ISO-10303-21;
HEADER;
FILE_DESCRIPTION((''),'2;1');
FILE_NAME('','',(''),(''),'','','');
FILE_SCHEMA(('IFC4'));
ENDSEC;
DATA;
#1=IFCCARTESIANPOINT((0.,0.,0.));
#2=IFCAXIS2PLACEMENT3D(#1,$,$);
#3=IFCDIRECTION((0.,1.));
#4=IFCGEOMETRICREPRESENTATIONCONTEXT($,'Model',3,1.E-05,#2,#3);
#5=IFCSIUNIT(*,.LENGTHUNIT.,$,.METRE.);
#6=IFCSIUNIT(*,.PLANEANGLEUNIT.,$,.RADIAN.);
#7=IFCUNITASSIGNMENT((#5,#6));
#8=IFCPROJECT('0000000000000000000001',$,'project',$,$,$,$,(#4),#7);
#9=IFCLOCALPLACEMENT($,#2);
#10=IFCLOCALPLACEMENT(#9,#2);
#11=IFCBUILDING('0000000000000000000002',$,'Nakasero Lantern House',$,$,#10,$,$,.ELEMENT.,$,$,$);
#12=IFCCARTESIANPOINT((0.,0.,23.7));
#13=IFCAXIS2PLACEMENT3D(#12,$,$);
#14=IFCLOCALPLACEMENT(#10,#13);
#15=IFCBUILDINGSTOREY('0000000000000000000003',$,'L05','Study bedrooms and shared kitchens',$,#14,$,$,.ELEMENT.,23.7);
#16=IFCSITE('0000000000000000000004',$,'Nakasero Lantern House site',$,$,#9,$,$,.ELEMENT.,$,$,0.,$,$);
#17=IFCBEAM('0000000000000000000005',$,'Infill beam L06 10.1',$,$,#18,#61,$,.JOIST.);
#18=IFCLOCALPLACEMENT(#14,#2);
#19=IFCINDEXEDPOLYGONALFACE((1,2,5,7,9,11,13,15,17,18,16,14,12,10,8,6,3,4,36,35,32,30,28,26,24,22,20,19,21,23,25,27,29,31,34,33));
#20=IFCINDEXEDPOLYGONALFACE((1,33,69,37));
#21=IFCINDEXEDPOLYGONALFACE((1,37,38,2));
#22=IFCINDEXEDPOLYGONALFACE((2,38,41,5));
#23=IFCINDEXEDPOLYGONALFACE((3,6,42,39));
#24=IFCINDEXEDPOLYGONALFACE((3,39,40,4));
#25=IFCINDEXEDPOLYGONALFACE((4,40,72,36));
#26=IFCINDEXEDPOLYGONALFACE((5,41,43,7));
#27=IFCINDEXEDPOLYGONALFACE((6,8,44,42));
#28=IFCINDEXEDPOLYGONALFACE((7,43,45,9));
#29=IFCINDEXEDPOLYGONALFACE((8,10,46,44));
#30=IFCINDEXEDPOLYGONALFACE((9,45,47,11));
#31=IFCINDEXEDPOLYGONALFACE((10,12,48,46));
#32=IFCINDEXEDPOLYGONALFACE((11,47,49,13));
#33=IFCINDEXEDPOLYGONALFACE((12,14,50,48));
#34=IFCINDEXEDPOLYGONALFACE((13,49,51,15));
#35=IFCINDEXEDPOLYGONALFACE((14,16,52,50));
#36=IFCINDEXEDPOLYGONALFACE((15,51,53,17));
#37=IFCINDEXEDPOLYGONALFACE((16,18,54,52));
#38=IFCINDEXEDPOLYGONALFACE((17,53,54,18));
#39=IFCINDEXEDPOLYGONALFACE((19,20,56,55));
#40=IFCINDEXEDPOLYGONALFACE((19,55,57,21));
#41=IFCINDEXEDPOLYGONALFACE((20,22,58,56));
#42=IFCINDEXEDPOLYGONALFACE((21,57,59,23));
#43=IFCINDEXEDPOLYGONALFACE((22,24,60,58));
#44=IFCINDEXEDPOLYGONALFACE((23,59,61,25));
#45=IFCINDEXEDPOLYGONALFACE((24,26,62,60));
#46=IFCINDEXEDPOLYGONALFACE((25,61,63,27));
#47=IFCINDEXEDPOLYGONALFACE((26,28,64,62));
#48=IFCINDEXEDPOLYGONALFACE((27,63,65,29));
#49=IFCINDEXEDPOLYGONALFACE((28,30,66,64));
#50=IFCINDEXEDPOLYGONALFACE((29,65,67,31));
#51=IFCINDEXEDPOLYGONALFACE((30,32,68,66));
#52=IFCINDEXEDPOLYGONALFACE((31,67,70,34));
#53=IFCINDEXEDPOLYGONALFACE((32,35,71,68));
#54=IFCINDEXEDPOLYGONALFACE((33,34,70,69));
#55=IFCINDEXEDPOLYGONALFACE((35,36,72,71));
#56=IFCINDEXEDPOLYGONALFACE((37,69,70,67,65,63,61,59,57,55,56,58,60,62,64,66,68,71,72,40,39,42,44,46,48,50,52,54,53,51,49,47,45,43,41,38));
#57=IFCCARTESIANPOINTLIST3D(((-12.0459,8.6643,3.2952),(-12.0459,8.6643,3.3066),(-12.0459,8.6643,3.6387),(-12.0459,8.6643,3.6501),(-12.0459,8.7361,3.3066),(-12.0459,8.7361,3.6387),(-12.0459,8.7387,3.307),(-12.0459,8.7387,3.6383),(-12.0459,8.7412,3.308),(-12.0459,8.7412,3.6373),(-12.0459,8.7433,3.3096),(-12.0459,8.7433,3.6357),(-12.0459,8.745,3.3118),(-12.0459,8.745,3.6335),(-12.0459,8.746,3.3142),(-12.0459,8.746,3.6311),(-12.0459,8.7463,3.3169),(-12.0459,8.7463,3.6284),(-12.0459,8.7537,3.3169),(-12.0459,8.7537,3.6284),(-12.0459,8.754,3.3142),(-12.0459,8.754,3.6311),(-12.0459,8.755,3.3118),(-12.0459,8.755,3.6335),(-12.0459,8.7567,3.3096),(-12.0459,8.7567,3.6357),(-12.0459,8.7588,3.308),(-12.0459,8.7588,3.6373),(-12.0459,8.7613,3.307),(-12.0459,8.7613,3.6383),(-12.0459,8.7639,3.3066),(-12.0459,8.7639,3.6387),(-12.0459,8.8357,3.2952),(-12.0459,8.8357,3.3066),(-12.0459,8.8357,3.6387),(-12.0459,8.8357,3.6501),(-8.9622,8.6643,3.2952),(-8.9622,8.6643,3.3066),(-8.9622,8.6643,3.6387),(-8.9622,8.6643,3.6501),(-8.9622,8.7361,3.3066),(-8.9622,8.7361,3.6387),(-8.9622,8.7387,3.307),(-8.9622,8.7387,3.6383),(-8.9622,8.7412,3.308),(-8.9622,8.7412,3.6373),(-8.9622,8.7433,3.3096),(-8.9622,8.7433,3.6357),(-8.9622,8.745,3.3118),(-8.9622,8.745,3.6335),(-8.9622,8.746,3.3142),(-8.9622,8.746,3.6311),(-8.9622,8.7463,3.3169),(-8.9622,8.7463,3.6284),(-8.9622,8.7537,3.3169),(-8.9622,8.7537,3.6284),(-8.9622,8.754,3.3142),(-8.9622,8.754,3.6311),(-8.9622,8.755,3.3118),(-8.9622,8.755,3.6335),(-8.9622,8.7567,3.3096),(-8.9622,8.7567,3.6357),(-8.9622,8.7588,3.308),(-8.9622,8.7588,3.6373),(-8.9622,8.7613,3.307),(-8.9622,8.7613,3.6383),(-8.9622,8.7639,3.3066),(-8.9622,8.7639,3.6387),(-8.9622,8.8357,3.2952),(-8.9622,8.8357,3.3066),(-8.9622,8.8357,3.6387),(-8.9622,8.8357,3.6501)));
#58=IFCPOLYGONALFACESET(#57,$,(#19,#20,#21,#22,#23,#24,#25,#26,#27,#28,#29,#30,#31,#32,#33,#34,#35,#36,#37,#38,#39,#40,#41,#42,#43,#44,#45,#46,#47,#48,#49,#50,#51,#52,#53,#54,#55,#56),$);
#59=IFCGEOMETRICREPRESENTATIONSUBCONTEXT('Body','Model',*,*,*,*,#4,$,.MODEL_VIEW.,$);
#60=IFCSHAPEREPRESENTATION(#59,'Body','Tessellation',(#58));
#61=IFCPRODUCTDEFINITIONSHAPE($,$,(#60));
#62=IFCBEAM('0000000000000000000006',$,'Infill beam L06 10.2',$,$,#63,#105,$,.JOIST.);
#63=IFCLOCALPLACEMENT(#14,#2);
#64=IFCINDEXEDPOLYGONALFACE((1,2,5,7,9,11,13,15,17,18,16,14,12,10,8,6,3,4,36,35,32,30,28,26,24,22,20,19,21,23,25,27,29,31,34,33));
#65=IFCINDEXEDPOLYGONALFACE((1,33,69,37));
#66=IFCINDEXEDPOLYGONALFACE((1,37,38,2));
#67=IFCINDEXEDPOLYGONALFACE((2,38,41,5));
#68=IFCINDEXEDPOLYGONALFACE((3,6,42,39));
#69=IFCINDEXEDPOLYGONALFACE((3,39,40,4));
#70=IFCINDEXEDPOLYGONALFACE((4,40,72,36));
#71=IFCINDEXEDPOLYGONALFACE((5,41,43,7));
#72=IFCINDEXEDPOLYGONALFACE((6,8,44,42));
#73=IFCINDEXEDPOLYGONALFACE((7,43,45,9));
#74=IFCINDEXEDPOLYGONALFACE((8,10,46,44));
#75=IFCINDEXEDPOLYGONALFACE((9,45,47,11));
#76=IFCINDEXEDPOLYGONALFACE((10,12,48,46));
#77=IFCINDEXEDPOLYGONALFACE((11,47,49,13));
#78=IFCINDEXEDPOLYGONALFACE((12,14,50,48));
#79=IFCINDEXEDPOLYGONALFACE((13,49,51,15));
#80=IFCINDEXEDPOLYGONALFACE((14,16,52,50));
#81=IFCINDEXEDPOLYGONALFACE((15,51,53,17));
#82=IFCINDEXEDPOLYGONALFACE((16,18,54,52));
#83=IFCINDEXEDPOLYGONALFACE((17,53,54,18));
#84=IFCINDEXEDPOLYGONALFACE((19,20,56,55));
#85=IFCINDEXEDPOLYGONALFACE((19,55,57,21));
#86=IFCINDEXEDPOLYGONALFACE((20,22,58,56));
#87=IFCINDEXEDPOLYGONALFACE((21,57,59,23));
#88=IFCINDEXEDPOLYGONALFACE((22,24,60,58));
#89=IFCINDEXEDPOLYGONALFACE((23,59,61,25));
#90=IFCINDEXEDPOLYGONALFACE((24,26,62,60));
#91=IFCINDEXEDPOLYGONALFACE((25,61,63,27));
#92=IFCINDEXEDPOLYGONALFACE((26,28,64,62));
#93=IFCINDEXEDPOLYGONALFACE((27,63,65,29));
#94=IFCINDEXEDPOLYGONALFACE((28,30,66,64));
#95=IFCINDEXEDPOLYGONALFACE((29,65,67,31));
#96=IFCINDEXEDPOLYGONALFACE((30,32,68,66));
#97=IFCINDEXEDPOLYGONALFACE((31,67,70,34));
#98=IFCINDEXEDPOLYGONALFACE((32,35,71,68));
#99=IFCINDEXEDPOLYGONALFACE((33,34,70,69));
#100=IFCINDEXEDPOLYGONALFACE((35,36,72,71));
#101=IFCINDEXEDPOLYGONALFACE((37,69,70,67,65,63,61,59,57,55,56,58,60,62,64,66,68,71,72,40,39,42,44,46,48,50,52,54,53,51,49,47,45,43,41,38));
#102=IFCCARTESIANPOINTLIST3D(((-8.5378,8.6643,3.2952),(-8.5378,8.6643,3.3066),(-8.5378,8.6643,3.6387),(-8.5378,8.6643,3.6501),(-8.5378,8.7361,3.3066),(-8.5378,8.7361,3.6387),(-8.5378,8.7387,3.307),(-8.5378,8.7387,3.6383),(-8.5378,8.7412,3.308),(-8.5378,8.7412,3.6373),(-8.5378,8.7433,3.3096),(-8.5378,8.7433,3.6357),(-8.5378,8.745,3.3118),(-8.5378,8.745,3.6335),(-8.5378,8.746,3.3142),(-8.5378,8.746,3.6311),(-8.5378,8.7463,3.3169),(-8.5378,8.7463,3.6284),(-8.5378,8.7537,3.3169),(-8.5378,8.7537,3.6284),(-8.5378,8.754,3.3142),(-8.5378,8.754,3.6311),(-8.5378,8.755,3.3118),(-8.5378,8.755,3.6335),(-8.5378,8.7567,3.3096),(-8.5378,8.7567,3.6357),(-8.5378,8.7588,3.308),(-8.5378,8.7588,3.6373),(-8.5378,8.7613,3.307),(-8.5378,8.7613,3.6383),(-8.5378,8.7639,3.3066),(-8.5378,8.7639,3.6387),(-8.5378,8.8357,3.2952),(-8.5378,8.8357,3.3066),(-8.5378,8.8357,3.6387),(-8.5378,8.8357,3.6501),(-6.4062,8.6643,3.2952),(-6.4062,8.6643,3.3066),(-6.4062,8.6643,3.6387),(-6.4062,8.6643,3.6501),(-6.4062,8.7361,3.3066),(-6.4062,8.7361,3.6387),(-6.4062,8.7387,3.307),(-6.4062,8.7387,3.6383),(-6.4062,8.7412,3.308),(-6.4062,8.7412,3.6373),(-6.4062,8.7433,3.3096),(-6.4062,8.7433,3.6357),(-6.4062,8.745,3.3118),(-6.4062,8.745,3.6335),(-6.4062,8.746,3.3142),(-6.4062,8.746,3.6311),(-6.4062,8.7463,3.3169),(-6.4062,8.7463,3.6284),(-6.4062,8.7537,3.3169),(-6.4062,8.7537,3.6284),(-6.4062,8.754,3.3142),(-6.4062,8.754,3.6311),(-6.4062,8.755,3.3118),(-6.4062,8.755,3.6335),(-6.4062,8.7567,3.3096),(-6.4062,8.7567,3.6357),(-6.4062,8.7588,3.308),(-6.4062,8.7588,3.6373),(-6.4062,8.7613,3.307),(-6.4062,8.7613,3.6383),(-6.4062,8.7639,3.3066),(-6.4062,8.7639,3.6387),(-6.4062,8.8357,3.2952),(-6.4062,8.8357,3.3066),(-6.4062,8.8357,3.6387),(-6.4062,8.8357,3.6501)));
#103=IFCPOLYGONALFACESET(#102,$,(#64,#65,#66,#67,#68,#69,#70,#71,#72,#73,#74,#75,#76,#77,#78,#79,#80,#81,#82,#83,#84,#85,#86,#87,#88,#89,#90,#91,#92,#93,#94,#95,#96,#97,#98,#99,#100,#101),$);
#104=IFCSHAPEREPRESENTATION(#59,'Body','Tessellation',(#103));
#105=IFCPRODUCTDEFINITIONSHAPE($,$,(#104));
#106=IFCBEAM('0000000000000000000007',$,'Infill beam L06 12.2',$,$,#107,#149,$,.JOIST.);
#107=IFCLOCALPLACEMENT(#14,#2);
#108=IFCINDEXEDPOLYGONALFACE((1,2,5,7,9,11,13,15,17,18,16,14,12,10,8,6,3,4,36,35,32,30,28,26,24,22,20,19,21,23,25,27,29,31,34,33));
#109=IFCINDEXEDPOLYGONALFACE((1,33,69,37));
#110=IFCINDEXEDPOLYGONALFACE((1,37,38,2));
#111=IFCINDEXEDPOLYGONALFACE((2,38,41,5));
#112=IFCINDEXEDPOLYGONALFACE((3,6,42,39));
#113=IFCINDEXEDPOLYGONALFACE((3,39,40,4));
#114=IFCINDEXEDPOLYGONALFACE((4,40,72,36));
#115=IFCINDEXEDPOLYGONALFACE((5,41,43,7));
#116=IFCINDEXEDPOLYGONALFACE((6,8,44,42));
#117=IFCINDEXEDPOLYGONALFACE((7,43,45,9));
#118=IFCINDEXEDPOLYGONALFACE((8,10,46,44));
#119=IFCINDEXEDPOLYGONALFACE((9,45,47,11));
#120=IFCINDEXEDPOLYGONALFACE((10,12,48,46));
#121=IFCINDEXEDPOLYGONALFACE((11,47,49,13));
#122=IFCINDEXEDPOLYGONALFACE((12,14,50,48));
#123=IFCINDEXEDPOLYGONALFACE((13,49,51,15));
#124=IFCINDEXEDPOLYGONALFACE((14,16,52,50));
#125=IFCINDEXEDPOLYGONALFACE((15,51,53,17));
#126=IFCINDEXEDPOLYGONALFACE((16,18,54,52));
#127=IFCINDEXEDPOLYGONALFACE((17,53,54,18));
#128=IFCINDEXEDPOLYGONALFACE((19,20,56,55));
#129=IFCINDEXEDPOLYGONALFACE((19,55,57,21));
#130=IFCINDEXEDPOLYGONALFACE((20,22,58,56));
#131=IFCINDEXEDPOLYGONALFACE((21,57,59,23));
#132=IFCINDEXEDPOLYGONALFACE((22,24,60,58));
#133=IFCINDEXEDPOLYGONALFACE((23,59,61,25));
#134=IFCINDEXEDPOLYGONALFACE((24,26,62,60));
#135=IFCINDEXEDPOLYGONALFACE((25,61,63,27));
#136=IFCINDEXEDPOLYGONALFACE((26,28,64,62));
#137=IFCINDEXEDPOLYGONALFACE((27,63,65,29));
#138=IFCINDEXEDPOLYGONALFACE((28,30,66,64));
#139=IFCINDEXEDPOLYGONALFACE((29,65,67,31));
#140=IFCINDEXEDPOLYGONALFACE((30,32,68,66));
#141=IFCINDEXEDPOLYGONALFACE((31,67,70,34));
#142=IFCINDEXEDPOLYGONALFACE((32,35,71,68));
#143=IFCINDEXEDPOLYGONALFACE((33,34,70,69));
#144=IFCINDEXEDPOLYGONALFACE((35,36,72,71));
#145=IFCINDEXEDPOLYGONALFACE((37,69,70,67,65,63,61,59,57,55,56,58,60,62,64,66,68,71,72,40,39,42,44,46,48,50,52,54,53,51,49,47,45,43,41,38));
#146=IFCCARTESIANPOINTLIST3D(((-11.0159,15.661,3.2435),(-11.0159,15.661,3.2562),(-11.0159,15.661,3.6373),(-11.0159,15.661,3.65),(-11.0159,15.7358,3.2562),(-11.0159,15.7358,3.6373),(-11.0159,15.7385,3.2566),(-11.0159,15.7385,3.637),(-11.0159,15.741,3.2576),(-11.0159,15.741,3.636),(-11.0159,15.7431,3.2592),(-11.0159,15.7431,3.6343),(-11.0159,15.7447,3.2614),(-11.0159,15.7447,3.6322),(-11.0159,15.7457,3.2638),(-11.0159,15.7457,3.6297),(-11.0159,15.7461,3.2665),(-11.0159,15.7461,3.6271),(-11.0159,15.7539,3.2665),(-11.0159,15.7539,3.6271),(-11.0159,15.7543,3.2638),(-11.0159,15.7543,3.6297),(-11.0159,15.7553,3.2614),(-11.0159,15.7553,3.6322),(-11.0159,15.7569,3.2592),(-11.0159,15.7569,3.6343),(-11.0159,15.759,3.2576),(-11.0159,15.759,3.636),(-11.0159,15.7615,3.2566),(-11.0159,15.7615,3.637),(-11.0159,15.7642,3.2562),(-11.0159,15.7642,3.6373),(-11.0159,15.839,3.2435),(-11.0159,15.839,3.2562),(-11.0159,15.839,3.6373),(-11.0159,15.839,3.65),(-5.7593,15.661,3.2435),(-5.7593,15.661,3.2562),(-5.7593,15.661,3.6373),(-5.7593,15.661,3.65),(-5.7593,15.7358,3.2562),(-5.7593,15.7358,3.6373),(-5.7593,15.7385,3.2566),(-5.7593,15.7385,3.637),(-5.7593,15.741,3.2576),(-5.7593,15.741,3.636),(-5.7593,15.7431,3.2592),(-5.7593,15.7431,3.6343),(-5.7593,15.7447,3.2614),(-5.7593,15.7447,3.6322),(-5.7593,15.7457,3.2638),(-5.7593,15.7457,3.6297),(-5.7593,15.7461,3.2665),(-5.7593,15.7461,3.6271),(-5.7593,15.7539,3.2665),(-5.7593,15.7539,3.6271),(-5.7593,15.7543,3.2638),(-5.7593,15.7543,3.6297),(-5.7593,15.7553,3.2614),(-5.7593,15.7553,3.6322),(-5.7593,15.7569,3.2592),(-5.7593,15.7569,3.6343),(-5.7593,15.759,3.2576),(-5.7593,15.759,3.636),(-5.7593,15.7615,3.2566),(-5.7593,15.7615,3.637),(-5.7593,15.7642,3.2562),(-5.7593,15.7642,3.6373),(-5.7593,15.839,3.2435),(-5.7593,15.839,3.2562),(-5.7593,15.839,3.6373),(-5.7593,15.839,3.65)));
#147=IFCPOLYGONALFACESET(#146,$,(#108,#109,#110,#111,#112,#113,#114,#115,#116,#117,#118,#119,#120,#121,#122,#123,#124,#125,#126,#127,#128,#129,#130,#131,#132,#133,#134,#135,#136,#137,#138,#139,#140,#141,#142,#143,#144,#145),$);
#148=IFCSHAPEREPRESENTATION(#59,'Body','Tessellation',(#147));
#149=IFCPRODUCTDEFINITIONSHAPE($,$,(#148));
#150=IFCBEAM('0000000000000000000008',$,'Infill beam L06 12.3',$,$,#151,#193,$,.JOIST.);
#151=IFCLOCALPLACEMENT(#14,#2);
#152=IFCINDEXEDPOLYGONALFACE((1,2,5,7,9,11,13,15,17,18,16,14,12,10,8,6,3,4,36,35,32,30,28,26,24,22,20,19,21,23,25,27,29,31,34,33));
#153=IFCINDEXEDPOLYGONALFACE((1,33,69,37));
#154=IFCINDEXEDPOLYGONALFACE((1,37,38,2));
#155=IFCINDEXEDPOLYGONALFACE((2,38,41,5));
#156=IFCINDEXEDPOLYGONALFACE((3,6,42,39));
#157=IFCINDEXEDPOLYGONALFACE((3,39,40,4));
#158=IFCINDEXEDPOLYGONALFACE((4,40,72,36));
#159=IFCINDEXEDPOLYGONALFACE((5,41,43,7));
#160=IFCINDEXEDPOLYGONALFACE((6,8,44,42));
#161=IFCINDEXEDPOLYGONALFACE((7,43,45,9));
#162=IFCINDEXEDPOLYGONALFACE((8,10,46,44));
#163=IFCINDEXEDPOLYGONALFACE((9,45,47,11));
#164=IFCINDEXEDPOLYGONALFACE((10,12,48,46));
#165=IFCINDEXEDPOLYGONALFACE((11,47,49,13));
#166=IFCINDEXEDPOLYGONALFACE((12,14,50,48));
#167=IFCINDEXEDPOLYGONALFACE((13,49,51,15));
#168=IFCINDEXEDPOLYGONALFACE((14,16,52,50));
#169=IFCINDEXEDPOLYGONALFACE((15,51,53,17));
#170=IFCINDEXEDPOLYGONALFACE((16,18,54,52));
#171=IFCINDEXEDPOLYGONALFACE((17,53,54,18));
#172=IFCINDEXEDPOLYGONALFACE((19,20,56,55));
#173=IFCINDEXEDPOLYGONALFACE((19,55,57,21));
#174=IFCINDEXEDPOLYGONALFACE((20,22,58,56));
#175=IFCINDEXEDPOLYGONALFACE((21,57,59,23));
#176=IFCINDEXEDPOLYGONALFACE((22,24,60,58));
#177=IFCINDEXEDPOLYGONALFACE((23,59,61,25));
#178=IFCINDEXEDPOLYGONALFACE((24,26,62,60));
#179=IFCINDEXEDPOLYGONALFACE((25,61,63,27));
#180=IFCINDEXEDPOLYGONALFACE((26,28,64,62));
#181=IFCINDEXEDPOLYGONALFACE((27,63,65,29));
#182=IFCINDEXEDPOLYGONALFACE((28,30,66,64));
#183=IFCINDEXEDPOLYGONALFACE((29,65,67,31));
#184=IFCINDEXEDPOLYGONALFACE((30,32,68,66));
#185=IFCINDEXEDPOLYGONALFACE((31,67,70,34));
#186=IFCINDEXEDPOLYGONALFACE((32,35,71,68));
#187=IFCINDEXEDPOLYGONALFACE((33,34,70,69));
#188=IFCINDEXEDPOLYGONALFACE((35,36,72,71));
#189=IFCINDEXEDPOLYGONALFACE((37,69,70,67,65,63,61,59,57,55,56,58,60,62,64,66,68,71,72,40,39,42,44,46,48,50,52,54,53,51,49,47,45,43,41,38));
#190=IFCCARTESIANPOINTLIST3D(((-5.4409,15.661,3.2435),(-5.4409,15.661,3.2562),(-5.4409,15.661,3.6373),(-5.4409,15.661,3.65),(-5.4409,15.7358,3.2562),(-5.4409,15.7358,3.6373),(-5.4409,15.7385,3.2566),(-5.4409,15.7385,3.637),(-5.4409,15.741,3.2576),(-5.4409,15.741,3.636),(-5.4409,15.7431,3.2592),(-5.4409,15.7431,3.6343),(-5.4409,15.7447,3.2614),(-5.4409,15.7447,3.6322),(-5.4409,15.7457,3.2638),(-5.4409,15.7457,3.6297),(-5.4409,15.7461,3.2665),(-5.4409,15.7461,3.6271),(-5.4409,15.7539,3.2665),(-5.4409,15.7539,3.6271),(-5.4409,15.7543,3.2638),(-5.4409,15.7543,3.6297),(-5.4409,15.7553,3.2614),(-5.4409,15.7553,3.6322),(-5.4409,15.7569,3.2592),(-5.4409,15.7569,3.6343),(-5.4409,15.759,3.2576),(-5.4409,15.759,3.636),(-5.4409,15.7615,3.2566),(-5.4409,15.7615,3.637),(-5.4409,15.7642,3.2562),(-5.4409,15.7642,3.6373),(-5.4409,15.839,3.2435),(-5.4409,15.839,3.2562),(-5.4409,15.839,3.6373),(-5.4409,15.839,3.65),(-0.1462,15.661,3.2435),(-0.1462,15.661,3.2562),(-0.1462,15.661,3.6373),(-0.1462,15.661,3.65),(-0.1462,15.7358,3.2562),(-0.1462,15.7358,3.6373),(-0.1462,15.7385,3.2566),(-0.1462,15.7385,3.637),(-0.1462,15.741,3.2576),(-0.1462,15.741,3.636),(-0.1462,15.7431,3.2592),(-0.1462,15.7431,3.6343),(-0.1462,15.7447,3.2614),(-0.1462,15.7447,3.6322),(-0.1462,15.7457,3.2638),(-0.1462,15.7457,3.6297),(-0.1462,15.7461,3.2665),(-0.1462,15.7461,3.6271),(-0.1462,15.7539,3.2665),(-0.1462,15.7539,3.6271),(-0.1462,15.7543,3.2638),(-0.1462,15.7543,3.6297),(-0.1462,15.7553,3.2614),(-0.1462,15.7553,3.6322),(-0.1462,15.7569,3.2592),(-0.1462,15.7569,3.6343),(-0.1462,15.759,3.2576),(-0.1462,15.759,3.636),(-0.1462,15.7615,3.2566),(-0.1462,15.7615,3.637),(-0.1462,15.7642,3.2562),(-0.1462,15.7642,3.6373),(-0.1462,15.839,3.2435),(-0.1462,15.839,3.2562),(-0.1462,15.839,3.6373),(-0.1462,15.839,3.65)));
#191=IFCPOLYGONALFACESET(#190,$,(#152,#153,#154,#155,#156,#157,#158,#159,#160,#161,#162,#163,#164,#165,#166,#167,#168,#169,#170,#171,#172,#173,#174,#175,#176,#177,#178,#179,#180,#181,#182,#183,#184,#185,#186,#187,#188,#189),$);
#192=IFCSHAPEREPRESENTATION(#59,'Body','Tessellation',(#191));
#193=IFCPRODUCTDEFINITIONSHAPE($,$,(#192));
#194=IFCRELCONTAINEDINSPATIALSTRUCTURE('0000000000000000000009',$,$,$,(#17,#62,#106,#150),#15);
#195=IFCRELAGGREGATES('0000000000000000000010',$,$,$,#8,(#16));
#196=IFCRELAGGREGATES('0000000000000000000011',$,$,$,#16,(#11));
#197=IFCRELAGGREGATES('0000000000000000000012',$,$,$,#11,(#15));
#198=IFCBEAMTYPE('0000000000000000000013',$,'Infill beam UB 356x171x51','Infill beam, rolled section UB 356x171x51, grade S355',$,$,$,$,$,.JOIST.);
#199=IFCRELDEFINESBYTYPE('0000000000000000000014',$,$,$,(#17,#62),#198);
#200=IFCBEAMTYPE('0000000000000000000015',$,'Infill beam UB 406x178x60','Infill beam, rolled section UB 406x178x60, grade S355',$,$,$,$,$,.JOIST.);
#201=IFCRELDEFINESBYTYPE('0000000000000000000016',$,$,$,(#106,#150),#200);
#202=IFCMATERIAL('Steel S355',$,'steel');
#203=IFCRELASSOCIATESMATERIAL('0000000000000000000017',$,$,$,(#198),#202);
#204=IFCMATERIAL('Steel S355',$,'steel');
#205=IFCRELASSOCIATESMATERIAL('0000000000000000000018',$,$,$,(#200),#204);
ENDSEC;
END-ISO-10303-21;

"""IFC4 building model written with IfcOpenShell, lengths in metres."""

from ifc_helpers import new_model, si_unit, direction, frame, origin, origin_2d, place, context, subcontext, project, spatial, i_section, extrude, material, material_profile, profile_set, type_object, element, save


model = new_model("IFC4")

# Units and contexts
model_context = context("Model", 3, precision=1e-05, world=origin(), true_north=direction((0.0, 1.0)))
body_context = subcontext(model_context, "Body", "Model", "MODEL_VIEW")
ifc_project = project(units=[si_unit("LENGTHUNIT", "METRE"), si_unit("PLANEANGLEUNIT", "RADIAN")], contexts=[model_context])

# Site, building, storey
site_placement = place(None, origin())
site = spatial("IfcSite", under=ifc_project, at=site_placement, Name="Nakasero Lantern House site", CompositionType="ELEMENT", RefElevation=0.0)
building_placement = place(site_placement, origin())
building = spatial("IfcBuilding", under=site, at=building_placement, Name="Nakasero Lantern House", CompositionType="ELEMENT")
storey_placement = place(building_placement, frame((0.0, 0.0, 23.7)))
storey = spatial("IfcBuildingStorey", under=building, at=storey_placement, Name="L05", Description="Study bedrooms and shared kitchens", CompositionType="ELEMENT", Elevation=23.7)

# Beams
ifc_material_1 = material(Name="Steel S355", Category="steel")
ifc_material_profile_1 = material_profile(ifc_material_1, i_section(OverallWidth=0.1714, OverallDepth=0.355, WebThickness=0.0073, FlangeThickness=0.0115, FilletRadius=0.0103, at=origin_2d()), Name="UB 356x171x51")
ifc_profile_set_1 = profile_set([ifc_material_profile_1], Name="Steel S355")
beam_type_1 = type_object("IfcBeamType", Name="Infill beam UB 356x171x51", Description="Infill beam, rolled section UB 356x171x51, grade S355", PredefinedType="JOIST", material=ifc_profile_set_1)
beam_1_placement = place(storey_placement, frame((-12.0459, 8.75, 3.4727), z_axis=(1.0, 0.0, 0.0), x_axis=(0.0, 1.0, 0.0)))
element("IfcBeam", 1, at=beam_1_placement, inside=storey, type_object=beam_type_1, Name="Infill beam L06 10.1", PredefinedType="JOIST", context=body_context, shape_type="SweptSolid", body=[
    extrude(i_section(OverallWidth=0.1714, OverallDepth=0.355, WebThickness=0.0073, FlangeThickness=0.0115, FilletRadius=0.0103, at=origin_2d()), origin(), (0.0, 0.0, 1.0), 3.0837),
])
beam_2_placement = place(storey_placement, frame((-8.5378, 8.75, 3.4727), z_axis=(1.0, 0.0, 0.0), x_axis=(0.0, 1.0, 0.0)))
element("IfcBeam", 2, at=beam_2_placement, inside=storey, type_object=beam_type_1, Name="Infill beam L06 10.2", PredefinedType="JOIST", context=body_context, shape_type="SweptSolid", body=[
    extrude(i_section(OverallWidth=0.1714, OverallDepth=0.355, WebThickness=0.0073, FlangeThickness=0.0115, FilletRadius=0.0103, at=origin_2d()), origin(), (0.0, 0.0, 1.0), 2.1316),
])
ifc_material_2 = material(Name="Steel S355", Category="steel")
ifc_material_profile_2 = material_profile(ifc_material_2, i_section(OverallWidth=0.178, OverallDepth=0.4065, WebThickness=0.0078, FlangeThickness=0.0127, FilletRadius=0.0103, at=origin_2d()), Name="UB 406x178x60")
ifc_profile_set_2 = profile_set([ifc_material_profile_2], Name="Steel S355")
beam_type_2 = type_object("IfcBeamType", Name="Infill beam UB 406x178x60", Description="Infill beam, rolled section UB 406x178x60, grade S355", PredefinedType="JOIST", material=ifc_profile_set_2)
beam_3_placement = place(storey_placement, frame((-11.0159, 15.75, 3.4468), z_axis=(1.0, 0.0, 0.0), x_axis=(0.0, 1.0, 0.0)))
element("IfcBeam", 3, at=beam_3_placement, inside=storey, type_object=beam_type_2, Name="Infill beam L06 12.2", PredefinedType="JOIST", context=body_context, shape_type="SweptSolid", body=[
    extrude(i_section(OverallWidth=0.178, OverallDepth=0.4065, WebThickness=0.0078, FlangeThickness=0.0127, FilletRadius=0.0103, at=origin_2d()), origin(), (0.0, 0.0, 1.0), 5.2566),
])
beam_4_placement = place(storey_placement, frame((-5.4409, 15.75, 3.4468), z_axis=(1.0, 0.0, 0.0), x_axis=(0.0, 1.0, 0.0)))
element("IfcBeam", 4, at=beam_4_placement, inside=storey, type_object=beam_type_2, Name="Infill beam L06 12.3", PredefinedType="JOIST", context=body_context, shape_type="SweptSolid", body=[
    extrude(i_section(OverallWidth=0.178, OverallDepth=0.4065, WebThickness=0.0078, FlangeThickness=0.0127, FilletRadius=0.0103, at=origin_2d()), origin(), (0.0, 0.0, 1.0), 5.2947),
])

save(model, "model.ifc")
